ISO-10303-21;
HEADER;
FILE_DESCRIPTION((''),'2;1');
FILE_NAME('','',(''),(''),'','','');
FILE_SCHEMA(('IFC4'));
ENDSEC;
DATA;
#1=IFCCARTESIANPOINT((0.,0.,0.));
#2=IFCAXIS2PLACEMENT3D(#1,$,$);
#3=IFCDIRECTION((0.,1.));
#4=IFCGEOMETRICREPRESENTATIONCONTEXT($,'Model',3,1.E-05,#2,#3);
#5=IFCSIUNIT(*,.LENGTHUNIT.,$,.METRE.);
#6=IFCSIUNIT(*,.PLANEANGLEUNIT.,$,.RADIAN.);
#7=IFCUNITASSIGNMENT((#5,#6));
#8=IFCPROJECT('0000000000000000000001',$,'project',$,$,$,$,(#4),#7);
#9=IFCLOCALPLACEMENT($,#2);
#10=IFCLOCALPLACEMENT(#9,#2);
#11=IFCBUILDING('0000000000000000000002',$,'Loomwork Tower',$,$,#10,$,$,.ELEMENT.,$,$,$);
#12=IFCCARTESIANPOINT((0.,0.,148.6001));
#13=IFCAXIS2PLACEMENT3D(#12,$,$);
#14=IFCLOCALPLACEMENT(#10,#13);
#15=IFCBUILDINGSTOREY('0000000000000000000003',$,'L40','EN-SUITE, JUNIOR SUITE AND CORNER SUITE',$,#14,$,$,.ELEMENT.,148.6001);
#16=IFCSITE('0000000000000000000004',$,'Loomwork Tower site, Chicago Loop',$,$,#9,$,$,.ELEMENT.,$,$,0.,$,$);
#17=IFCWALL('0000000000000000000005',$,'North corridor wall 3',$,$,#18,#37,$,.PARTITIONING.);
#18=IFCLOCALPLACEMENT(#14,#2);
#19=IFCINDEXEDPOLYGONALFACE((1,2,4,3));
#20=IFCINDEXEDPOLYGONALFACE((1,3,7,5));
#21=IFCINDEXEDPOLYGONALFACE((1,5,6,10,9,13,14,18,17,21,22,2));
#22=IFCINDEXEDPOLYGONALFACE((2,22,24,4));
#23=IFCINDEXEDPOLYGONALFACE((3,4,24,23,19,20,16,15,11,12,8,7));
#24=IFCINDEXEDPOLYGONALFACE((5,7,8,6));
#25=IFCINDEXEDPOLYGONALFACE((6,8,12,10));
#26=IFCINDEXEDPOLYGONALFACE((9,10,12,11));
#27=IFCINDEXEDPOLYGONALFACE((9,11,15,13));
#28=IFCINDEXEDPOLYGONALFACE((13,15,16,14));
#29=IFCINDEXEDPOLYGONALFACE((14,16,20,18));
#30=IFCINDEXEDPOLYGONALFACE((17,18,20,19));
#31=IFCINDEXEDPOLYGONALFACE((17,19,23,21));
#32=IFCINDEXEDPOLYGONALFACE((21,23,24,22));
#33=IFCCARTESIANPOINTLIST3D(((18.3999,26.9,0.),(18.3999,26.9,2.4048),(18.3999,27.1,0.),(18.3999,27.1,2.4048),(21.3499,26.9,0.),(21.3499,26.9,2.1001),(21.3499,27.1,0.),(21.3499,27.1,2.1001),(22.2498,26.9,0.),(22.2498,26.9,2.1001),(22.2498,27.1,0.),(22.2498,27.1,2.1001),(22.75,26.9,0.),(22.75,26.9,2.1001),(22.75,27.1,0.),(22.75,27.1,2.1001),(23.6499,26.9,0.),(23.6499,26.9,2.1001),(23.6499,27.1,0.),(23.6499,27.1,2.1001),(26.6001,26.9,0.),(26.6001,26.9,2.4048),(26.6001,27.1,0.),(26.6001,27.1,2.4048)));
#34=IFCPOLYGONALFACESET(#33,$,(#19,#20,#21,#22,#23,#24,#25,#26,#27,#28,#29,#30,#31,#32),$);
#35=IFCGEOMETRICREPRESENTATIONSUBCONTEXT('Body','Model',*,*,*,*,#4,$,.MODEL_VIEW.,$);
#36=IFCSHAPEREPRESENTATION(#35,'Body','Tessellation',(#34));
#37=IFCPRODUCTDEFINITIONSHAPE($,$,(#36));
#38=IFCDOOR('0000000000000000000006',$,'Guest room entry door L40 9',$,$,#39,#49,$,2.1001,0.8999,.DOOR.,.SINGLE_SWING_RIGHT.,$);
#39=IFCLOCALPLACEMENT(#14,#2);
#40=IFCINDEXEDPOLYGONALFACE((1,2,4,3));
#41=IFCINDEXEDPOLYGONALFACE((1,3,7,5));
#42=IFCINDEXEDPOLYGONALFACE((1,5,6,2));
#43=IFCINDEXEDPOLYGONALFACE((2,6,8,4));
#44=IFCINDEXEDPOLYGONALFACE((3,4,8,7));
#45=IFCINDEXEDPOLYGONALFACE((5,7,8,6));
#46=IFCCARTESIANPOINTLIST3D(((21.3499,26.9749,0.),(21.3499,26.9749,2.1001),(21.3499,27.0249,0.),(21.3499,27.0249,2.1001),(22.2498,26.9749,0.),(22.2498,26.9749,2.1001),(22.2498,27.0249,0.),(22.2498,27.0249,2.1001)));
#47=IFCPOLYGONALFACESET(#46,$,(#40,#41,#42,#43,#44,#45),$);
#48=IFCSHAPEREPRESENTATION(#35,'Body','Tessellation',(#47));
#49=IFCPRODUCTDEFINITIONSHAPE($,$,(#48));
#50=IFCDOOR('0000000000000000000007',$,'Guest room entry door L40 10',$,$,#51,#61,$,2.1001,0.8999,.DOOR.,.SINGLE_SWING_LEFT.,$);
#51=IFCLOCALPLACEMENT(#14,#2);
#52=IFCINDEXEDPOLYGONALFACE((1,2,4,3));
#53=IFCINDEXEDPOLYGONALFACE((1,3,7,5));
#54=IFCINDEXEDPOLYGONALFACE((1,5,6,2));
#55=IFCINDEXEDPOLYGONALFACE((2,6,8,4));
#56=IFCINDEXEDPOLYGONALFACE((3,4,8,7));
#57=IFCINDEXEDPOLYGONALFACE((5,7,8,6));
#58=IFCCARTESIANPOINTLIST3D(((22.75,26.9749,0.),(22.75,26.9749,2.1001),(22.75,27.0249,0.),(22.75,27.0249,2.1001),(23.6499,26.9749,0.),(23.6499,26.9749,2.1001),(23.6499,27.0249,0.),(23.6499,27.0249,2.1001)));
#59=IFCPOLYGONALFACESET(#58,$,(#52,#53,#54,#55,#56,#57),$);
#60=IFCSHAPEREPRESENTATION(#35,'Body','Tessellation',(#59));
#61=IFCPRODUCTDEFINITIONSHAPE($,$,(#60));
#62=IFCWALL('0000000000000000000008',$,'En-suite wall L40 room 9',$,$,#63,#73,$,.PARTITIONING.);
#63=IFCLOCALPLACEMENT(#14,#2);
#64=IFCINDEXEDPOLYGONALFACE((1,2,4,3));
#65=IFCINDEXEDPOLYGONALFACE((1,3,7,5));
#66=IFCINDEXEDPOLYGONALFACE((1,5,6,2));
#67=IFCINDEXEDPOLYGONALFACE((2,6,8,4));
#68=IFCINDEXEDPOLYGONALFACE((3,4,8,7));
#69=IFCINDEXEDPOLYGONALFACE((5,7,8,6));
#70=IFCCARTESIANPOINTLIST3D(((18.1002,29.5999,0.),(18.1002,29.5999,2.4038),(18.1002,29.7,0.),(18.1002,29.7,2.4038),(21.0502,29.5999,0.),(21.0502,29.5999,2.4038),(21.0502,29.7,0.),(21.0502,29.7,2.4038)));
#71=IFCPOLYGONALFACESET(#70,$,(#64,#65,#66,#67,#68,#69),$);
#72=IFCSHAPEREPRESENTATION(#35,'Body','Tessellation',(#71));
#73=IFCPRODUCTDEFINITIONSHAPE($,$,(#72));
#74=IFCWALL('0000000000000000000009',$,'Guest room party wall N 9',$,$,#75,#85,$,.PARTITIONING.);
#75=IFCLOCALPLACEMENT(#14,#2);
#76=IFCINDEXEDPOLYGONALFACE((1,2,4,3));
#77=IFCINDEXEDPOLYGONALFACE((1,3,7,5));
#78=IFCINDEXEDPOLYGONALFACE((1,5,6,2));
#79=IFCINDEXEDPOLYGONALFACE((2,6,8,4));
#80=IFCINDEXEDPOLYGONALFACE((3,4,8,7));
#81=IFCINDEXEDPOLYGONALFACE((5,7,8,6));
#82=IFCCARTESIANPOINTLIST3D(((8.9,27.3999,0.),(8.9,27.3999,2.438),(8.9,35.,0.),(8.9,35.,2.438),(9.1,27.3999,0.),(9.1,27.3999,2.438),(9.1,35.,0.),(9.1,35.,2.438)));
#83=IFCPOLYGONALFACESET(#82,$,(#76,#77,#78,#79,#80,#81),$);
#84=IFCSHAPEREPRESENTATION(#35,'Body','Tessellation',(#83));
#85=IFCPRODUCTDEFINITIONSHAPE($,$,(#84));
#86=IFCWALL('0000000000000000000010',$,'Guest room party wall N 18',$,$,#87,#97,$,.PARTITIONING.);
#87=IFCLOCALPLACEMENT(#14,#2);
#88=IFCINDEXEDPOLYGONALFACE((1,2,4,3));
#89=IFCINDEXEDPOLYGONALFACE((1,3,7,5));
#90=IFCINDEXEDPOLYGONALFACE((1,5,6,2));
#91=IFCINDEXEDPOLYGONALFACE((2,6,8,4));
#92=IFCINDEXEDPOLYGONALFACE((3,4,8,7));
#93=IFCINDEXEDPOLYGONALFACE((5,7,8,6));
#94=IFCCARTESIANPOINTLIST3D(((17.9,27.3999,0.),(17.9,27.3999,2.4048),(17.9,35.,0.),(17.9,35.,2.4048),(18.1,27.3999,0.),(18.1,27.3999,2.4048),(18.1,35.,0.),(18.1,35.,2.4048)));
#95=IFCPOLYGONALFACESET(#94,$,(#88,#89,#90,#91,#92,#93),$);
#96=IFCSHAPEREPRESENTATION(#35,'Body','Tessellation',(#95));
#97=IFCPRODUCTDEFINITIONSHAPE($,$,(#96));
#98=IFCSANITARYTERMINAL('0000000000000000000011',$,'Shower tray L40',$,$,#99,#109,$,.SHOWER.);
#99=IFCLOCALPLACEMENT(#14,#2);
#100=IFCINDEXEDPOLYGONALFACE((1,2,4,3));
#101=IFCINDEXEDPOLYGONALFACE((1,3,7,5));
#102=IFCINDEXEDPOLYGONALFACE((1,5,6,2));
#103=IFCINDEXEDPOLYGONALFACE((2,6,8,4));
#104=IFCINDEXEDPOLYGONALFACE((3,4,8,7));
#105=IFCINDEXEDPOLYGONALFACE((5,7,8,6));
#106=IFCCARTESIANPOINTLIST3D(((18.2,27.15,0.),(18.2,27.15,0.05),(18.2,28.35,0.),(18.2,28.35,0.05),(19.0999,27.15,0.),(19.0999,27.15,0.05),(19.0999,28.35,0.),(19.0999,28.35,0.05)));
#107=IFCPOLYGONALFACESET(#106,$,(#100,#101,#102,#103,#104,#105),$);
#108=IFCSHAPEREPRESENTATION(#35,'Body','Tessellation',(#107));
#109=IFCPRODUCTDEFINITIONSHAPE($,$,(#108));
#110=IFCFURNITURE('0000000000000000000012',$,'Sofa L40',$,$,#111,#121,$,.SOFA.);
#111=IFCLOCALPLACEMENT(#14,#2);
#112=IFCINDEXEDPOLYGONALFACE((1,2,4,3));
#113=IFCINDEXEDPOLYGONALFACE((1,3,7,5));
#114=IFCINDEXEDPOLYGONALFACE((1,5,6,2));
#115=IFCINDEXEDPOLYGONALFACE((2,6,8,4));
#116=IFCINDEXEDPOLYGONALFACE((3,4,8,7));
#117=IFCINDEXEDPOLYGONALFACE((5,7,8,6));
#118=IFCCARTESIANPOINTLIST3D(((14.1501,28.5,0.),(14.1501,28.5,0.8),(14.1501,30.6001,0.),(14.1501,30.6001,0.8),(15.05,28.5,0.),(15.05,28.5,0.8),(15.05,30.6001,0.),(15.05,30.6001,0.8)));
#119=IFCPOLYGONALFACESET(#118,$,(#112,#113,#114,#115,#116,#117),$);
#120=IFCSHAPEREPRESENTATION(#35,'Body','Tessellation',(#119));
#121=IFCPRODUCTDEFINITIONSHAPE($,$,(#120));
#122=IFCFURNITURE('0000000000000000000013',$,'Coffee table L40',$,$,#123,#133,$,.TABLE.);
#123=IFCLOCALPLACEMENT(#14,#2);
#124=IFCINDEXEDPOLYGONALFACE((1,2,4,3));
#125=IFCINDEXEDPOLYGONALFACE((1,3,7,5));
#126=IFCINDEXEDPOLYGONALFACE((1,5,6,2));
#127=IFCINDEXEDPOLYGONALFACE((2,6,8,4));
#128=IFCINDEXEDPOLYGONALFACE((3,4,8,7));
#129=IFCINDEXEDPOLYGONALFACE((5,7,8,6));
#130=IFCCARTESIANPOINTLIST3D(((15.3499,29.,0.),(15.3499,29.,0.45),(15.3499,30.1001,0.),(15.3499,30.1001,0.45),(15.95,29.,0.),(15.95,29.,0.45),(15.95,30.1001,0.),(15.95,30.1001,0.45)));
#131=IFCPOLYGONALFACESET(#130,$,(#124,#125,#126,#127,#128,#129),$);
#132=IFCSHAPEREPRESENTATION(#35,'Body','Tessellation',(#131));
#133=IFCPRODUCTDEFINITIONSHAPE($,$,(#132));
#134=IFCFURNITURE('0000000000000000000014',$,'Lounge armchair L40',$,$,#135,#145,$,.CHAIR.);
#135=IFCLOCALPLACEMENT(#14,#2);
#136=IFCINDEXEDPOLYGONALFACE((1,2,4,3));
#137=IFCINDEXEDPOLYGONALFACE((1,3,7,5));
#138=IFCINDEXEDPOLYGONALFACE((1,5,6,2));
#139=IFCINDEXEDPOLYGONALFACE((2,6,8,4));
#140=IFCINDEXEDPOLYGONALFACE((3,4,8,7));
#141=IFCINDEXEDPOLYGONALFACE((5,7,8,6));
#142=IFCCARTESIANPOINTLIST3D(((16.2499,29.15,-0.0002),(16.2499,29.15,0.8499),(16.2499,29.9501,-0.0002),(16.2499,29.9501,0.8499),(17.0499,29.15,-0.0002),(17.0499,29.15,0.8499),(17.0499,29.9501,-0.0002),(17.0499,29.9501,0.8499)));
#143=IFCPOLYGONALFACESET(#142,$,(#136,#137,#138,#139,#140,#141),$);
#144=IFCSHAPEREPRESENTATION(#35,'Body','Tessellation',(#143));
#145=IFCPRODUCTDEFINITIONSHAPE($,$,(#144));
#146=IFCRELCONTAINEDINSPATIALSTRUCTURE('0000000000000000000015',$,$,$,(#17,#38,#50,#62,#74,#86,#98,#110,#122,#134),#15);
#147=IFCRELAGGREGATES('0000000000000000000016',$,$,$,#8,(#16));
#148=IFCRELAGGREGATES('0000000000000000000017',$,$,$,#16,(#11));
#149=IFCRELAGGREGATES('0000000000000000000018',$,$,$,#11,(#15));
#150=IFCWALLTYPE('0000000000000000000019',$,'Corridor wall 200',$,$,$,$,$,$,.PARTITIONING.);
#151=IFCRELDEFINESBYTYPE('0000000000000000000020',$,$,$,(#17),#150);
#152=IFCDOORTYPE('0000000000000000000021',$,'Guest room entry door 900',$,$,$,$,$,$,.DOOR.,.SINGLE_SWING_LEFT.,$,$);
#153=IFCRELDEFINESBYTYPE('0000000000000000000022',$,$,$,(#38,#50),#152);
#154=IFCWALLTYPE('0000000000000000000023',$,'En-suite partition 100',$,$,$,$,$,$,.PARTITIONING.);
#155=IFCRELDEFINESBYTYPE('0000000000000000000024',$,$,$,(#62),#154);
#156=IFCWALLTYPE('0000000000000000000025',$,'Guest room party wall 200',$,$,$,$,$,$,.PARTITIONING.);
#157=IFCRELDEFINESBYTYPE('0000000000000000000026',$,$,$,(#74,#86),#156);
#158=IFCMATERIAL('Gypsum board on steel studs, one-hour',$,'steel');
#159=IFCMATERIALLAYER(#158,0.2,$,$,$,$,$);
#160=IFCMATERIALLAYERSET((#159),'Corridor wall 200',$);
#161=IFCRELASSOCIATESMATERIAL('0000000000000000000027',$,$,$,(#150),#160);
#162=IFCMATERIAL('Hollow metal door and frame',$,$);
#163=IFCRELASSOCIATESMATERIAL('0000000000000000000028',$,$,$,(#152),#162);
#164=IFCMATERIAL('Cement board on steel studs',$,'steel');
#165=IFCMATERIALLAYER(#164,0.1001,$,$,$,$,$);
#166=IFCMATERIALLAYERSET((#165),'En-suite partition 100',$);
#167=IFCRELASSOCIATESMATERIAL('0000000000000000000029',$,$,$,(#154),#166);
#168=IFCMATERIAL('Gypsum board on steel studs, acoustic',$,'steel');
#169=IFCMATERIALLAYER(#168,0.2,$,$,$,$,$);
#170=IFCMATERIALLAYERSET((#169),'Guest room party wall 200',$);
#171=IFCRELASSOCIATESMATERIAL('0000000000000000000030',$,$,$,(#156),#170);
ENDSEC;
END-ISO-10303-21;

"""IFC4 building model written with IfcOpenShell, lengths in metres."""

from ifc_helpers import new_model, si_unit, direction, frame, frame_2d, origin, origin_2d, place, context, subcontext, project, spatial, rectangle, extrude, material, layer, layer_set, type_object, element, fill, save


model = new_model("IFC4")

# Units and contexts
model_context = context("Model", 3, precision=1e-05, world=origin(), true_north=direction((0.0, 1.0)))
body_context = subcontext(model_context, "Body", "Model", "MODEL_VIEW")
ifc_project = project(units=[si_unit("LENGTHUNIT", "METRE"), si_unit("PLANEANGLEUNIT", "RADIAN")], contexts=[model_context])

# Site, building, storey
site_placement = place(None, origin())
site = spatial("IfcSite", under=ifc_project, at=site_placement, Name="Loomwork Tower site, Chicago Loop", CompositionType="ELEMENT", RefElevation=0.0)
building_placement = place(site_placement, origin())
building = spatial("IfcBuilding", under=site, at=building_placement, Name="Loomwork Tower", CompositionType="ELEMENT")
storey_placement = place(building_placement, frame((0.0, 0.0, 148.6001)))
storey = spatial("IfcBuildingStorey", under=building, at=storey_placement, Name="L40", Description="EN-SUITE, JUNIOR SUITE AND CORNER SUITE", CompositionType="ELEMENT", Elevation=148.6001)

# Shared definitions
ifc_material_1 = material(Name="Gypsum board on steel studs, one-hour", Category="steel")
ifc_layer_1 = layer(ifc_material_1, 0.2)
ifc_layer_set_1 = layer_set([ifc_layer_1], Name="Corridor wall 200")
wall_type_1 = type_object("IfcWallType", Name="Corridor wall 200", PredefinedType="PARTITIONING", material=ifc_layer_set_1)
ifc_material_2 = material(Name="Hollow metal door and frame")
door_type = type_object("IfcDoorType", Name="Guest room entry door 900", OperationType="SINGLE_SWING_LEFT", PredefinedType="DOOR", material=ifc_material_2)

# Wall, openings, doors
wall_1_placement = place(storey_placement, frame((18.3999, 27.0, 0.0), z_axis=(0.0, 0.0, 1.0), x_axis=(1.0, 0.0, 0.0)))
wall_1 = element("IfcWall", 1, at=wall_1_placement, inside=storey, type_object=wall_type_1, Name="North corridor wall 3", PredefinedType="PARTITIONING", context=body_context, shape_type="SweptSolid", body=[
    extrude(rectangle(XDim=8.2002, YDim=0.2, at=frame_2d((4.1001, 0.0))), origin(), (0.0, 0.0, 1.0), 2.4048),
])
opening_1_placement = place(wall_1_placement, frame((2.95, 0.0, 0.0)))
opening_1 = element("IfcOpeningElement", 2, at=opening_1_placement, cuts=wall_1, PredefinedType="OPENING", context=body_context, shape_type="SweptSolid", body=[
    extrude(rectangle(XDim=0.8999, YDim=2.1001, at=frame_2d((0.45, 1.05))), frame((0.0, 0.1099, 0.0), z_axis=(0.0, -1.0, 0.0), x_axis=(1.0, 0.0, 0.0)), (0.0, 0.0, 1.0), 0.22),
])
opening_2_placement = place(wall_1_placement, frame((4.3501, 0.0, 0.0)))
opening_2 = element("IfcOpeningElement", 3, at=opening_2_placement, cuts=wall_1, PredefinedType="OPENING", context=body_context, shape_type="SweptSolid", body=[
    extrude(rectangle(XDim=0.8999, YDim=2.1001, at=frame_2d((0.45, 1.05))), frame((0.0, 0.1099, 0.0), z_axis=(0.0, -1.0, 0.0), x_axis=(1.0, 0.0, 0.0)), (0.0, 0.0, 1.0), 0.22),
])
door_1_placement = place(opening_1_placement, origin())
door_1 = element("IfcDoor", 4, at=door_1_placement, inside=storey, type_object=door_type, Name="Guest room entry door L40 9", OperationType="SINGLE_SWING_RIGHT", OverallHeight=2.1001, OverallWidth=0.8999, PredefinedType="DOOR", context=body_context, shape_type="SweptSolid", body=[
    extrude(rectangle(XDim=0.8999, YDim=2.1001, at=frame_2d((0.45, 1.05))), frame((0.0, 0.0249, 0.0), z_axis=(0.0, -1.0, 0.0), x_axis=(1.0, 0.0, 0.0)), (0.0, 0.0, 1.0), 0.05),
])
fill(opening_1, door_1)
door_2_placement = place(opening_2_placement, origin())
door_2 = element("IfcDoor", 5, at=door_2_placement, inside=storey, type_object=door_type, Name="Guest room entry door L40 10", OperationType="SINGLE_SWING_LEFT", OverallHeight=2.1001, OverallWidth=0.8999, PredefinedType="DOOR", context=body_context, shape_type="SweptSolid", body=[
    extrude(rectangle(XDim=0.8999, YDim=2.1001, at=frame_2d((0.45, 1.05))), frame((0.0, 0.0249, 0.0), z_axis=(0.0, -1.0, 0.0), x_axis=(1.0, 0.0, 0.0)), (0.0, 0.0, 1.0), 0.05),
])
fill(opening_2, door_2)

# Walls
ifc_material_3 = material(Name="Cement board on steel studs", Category="steel")
ifc_layer_2 = layer(ifc_material_3, 0.1001)
ifc_layer_set_2 = layer_set([ifc_layer_2], Name="En-suite partition 100")
wall_type_2 = type_object("IfcWallType", Name="En-suite partition 100", PredefinedType="PARTITIONING", material=ifc_layer_set_2)
wall_2_placement = place(storey_placement, frame((18.1001, 29.6499, 0.0), z_axis=(0.0, 0.0, 1.0), x_axis=(1.0, 0.0, 0.0)))
element("IfcWall", 6, at=wall_2_placement, inside=storey, type_object=wall_type_2, Name="En-suite wall L40 room 9", PredefinedType="PARTITIONING", context=body_context, shape_type="SweptSolid", body=[
    extrude(rectangle(XDim=2.95, YDim=0.1001, at=frame_2d((1.4751, 0.0))), origin(), (0.0, 0.0, 1.0), 2.4038),
])
ifc_material_4 = material(Name="Gypsum board on steel studs, acoustic", Category="steel")
ifc_layer_3 = layer(ifc_material_4, 0.2)
ifc_layer_set_3 = layer_set([ifc_layer_3], Name="Guest room party wall 200")
wall_type_3 = type_object("IfcWallType", Name="Guest room party wall 200", PredefinedType="PARTITIONING", material=ifc_layer_set_3)
wall_3_placement = place(storey_placement, frame((9.0, 27.3999, 0.0), z_axis=(0.0, 0.0, 1.0), x_axis=(0.0, 1.0, 0.0)))
element("IfcWall", 7, at=wall_3_placement, inside=storey, type_object=wall_type_3, Name="Guest room party wall N 9", PredefinedType="PARTITIONING", context=body_context, shape_type="SweptSolid", body=[
    extrude(rectangle(XDim=7.6001, YDim=0.2, at=frame_2d((3.8, 0.0))), origin(), (0.0, 0.0, 1.0), 2.438),
])
wall_4_placement = place(storey_placement, frame((18.0, 27.3999, 0.0), z_axis=(0.0, 0.0, 1.0), x_axis=(0.0, 1.0, 0.0)))
element("IfcWall", 8, at=wall_4_placement, inside=storey, type_object=wall_type_3, Name="Guest room party wall N 18", PredefinedType="PARTITIONING", context=body_context, shape_type="SweptSolid", body=[
    extrude(rectangle(XDim=7.6001, YDim=0.2, at=frame_2d((3.8, 0.0))), origin(), (0.0, 0.0, 1.0), 2.4048),
])

# Sanitary terminal
sanitary_terminal_placement = place(storey_placement, frame((18.6499, 27.75, 0.0), z_axis=(0.0, 0.0, 1.0), x_axis=(1.0, 0.0, 0.0)))
element("IfcSanitaryTerminal", 9, at=sanitary_terminal_placement, inside=storey, Name="Shower tray L40", PredefinedType="SHOWER", context=body_context, shape_type="SweptSolid", body=[
    extrude(rectangle(XDim=0.8999, YDim=1.2, at=origin_2d()), origin(), (0.0, 0.0, 1.0), 0.05),
])

# Furniture
furniture_1_placement = place(storey_placement, frame((14.6001, 29.55, 0.0), z_axis=(0.0, 0.0, 1.0), x_axis=(1.0, 0.0, 0.0)))
element("IfcFurniture", 10, at=furniture_1_placement, inside=storey, Name="Sofa L40", PredefinedType="SOFA", context=body_context, shape_type="SweptSolid", body=[
    extrude(rectangle(XDim=0.8999, YDim=2.1001, at=origin_2d()), origin(), (0.0, 0.0, 1.0), 0.8),
])
furniture_2_placement = place(storey_placement, frame((15.6499, 29.55, 0.0), z_axis=(0.0, 0.0, 1.0), x_axis=(1.0, 0.0, 0.0)))
element("IfcFurniture", 11, at=furniture_2_placement, inside=storey, Name="Coffee table L40", PredefinedType="TABLE", context=body_context, shape_type="SweptSolid", body=[
    extrude(rectangle(XDim=0.6001, YDim=1.1001, at=origin_2d()), origin(), (0.0, 0.0, 1.0), 0.45),
])
furniture_3_placement = place(storey_placement, frame((16.6499, 29.55, -0.0002), z_axis=(0.0, 0.0, 1.0), x_axis=(1.0, 0.0, 0.0)))
element("IfcFurniture", 12, at=furniture_3_placement, inside=storey, Name="Lounge armchair L40", PredefinedType="CHAIR", context=body_context, shape_type="SweptSolid", body=[
    extrude(rectangle(XDim=0.8, YDim=0.8, at=origin_2d()), origin(), (0.0, 0.0, 1.0), 0.8501),
])

save(model, "model.ifc")
